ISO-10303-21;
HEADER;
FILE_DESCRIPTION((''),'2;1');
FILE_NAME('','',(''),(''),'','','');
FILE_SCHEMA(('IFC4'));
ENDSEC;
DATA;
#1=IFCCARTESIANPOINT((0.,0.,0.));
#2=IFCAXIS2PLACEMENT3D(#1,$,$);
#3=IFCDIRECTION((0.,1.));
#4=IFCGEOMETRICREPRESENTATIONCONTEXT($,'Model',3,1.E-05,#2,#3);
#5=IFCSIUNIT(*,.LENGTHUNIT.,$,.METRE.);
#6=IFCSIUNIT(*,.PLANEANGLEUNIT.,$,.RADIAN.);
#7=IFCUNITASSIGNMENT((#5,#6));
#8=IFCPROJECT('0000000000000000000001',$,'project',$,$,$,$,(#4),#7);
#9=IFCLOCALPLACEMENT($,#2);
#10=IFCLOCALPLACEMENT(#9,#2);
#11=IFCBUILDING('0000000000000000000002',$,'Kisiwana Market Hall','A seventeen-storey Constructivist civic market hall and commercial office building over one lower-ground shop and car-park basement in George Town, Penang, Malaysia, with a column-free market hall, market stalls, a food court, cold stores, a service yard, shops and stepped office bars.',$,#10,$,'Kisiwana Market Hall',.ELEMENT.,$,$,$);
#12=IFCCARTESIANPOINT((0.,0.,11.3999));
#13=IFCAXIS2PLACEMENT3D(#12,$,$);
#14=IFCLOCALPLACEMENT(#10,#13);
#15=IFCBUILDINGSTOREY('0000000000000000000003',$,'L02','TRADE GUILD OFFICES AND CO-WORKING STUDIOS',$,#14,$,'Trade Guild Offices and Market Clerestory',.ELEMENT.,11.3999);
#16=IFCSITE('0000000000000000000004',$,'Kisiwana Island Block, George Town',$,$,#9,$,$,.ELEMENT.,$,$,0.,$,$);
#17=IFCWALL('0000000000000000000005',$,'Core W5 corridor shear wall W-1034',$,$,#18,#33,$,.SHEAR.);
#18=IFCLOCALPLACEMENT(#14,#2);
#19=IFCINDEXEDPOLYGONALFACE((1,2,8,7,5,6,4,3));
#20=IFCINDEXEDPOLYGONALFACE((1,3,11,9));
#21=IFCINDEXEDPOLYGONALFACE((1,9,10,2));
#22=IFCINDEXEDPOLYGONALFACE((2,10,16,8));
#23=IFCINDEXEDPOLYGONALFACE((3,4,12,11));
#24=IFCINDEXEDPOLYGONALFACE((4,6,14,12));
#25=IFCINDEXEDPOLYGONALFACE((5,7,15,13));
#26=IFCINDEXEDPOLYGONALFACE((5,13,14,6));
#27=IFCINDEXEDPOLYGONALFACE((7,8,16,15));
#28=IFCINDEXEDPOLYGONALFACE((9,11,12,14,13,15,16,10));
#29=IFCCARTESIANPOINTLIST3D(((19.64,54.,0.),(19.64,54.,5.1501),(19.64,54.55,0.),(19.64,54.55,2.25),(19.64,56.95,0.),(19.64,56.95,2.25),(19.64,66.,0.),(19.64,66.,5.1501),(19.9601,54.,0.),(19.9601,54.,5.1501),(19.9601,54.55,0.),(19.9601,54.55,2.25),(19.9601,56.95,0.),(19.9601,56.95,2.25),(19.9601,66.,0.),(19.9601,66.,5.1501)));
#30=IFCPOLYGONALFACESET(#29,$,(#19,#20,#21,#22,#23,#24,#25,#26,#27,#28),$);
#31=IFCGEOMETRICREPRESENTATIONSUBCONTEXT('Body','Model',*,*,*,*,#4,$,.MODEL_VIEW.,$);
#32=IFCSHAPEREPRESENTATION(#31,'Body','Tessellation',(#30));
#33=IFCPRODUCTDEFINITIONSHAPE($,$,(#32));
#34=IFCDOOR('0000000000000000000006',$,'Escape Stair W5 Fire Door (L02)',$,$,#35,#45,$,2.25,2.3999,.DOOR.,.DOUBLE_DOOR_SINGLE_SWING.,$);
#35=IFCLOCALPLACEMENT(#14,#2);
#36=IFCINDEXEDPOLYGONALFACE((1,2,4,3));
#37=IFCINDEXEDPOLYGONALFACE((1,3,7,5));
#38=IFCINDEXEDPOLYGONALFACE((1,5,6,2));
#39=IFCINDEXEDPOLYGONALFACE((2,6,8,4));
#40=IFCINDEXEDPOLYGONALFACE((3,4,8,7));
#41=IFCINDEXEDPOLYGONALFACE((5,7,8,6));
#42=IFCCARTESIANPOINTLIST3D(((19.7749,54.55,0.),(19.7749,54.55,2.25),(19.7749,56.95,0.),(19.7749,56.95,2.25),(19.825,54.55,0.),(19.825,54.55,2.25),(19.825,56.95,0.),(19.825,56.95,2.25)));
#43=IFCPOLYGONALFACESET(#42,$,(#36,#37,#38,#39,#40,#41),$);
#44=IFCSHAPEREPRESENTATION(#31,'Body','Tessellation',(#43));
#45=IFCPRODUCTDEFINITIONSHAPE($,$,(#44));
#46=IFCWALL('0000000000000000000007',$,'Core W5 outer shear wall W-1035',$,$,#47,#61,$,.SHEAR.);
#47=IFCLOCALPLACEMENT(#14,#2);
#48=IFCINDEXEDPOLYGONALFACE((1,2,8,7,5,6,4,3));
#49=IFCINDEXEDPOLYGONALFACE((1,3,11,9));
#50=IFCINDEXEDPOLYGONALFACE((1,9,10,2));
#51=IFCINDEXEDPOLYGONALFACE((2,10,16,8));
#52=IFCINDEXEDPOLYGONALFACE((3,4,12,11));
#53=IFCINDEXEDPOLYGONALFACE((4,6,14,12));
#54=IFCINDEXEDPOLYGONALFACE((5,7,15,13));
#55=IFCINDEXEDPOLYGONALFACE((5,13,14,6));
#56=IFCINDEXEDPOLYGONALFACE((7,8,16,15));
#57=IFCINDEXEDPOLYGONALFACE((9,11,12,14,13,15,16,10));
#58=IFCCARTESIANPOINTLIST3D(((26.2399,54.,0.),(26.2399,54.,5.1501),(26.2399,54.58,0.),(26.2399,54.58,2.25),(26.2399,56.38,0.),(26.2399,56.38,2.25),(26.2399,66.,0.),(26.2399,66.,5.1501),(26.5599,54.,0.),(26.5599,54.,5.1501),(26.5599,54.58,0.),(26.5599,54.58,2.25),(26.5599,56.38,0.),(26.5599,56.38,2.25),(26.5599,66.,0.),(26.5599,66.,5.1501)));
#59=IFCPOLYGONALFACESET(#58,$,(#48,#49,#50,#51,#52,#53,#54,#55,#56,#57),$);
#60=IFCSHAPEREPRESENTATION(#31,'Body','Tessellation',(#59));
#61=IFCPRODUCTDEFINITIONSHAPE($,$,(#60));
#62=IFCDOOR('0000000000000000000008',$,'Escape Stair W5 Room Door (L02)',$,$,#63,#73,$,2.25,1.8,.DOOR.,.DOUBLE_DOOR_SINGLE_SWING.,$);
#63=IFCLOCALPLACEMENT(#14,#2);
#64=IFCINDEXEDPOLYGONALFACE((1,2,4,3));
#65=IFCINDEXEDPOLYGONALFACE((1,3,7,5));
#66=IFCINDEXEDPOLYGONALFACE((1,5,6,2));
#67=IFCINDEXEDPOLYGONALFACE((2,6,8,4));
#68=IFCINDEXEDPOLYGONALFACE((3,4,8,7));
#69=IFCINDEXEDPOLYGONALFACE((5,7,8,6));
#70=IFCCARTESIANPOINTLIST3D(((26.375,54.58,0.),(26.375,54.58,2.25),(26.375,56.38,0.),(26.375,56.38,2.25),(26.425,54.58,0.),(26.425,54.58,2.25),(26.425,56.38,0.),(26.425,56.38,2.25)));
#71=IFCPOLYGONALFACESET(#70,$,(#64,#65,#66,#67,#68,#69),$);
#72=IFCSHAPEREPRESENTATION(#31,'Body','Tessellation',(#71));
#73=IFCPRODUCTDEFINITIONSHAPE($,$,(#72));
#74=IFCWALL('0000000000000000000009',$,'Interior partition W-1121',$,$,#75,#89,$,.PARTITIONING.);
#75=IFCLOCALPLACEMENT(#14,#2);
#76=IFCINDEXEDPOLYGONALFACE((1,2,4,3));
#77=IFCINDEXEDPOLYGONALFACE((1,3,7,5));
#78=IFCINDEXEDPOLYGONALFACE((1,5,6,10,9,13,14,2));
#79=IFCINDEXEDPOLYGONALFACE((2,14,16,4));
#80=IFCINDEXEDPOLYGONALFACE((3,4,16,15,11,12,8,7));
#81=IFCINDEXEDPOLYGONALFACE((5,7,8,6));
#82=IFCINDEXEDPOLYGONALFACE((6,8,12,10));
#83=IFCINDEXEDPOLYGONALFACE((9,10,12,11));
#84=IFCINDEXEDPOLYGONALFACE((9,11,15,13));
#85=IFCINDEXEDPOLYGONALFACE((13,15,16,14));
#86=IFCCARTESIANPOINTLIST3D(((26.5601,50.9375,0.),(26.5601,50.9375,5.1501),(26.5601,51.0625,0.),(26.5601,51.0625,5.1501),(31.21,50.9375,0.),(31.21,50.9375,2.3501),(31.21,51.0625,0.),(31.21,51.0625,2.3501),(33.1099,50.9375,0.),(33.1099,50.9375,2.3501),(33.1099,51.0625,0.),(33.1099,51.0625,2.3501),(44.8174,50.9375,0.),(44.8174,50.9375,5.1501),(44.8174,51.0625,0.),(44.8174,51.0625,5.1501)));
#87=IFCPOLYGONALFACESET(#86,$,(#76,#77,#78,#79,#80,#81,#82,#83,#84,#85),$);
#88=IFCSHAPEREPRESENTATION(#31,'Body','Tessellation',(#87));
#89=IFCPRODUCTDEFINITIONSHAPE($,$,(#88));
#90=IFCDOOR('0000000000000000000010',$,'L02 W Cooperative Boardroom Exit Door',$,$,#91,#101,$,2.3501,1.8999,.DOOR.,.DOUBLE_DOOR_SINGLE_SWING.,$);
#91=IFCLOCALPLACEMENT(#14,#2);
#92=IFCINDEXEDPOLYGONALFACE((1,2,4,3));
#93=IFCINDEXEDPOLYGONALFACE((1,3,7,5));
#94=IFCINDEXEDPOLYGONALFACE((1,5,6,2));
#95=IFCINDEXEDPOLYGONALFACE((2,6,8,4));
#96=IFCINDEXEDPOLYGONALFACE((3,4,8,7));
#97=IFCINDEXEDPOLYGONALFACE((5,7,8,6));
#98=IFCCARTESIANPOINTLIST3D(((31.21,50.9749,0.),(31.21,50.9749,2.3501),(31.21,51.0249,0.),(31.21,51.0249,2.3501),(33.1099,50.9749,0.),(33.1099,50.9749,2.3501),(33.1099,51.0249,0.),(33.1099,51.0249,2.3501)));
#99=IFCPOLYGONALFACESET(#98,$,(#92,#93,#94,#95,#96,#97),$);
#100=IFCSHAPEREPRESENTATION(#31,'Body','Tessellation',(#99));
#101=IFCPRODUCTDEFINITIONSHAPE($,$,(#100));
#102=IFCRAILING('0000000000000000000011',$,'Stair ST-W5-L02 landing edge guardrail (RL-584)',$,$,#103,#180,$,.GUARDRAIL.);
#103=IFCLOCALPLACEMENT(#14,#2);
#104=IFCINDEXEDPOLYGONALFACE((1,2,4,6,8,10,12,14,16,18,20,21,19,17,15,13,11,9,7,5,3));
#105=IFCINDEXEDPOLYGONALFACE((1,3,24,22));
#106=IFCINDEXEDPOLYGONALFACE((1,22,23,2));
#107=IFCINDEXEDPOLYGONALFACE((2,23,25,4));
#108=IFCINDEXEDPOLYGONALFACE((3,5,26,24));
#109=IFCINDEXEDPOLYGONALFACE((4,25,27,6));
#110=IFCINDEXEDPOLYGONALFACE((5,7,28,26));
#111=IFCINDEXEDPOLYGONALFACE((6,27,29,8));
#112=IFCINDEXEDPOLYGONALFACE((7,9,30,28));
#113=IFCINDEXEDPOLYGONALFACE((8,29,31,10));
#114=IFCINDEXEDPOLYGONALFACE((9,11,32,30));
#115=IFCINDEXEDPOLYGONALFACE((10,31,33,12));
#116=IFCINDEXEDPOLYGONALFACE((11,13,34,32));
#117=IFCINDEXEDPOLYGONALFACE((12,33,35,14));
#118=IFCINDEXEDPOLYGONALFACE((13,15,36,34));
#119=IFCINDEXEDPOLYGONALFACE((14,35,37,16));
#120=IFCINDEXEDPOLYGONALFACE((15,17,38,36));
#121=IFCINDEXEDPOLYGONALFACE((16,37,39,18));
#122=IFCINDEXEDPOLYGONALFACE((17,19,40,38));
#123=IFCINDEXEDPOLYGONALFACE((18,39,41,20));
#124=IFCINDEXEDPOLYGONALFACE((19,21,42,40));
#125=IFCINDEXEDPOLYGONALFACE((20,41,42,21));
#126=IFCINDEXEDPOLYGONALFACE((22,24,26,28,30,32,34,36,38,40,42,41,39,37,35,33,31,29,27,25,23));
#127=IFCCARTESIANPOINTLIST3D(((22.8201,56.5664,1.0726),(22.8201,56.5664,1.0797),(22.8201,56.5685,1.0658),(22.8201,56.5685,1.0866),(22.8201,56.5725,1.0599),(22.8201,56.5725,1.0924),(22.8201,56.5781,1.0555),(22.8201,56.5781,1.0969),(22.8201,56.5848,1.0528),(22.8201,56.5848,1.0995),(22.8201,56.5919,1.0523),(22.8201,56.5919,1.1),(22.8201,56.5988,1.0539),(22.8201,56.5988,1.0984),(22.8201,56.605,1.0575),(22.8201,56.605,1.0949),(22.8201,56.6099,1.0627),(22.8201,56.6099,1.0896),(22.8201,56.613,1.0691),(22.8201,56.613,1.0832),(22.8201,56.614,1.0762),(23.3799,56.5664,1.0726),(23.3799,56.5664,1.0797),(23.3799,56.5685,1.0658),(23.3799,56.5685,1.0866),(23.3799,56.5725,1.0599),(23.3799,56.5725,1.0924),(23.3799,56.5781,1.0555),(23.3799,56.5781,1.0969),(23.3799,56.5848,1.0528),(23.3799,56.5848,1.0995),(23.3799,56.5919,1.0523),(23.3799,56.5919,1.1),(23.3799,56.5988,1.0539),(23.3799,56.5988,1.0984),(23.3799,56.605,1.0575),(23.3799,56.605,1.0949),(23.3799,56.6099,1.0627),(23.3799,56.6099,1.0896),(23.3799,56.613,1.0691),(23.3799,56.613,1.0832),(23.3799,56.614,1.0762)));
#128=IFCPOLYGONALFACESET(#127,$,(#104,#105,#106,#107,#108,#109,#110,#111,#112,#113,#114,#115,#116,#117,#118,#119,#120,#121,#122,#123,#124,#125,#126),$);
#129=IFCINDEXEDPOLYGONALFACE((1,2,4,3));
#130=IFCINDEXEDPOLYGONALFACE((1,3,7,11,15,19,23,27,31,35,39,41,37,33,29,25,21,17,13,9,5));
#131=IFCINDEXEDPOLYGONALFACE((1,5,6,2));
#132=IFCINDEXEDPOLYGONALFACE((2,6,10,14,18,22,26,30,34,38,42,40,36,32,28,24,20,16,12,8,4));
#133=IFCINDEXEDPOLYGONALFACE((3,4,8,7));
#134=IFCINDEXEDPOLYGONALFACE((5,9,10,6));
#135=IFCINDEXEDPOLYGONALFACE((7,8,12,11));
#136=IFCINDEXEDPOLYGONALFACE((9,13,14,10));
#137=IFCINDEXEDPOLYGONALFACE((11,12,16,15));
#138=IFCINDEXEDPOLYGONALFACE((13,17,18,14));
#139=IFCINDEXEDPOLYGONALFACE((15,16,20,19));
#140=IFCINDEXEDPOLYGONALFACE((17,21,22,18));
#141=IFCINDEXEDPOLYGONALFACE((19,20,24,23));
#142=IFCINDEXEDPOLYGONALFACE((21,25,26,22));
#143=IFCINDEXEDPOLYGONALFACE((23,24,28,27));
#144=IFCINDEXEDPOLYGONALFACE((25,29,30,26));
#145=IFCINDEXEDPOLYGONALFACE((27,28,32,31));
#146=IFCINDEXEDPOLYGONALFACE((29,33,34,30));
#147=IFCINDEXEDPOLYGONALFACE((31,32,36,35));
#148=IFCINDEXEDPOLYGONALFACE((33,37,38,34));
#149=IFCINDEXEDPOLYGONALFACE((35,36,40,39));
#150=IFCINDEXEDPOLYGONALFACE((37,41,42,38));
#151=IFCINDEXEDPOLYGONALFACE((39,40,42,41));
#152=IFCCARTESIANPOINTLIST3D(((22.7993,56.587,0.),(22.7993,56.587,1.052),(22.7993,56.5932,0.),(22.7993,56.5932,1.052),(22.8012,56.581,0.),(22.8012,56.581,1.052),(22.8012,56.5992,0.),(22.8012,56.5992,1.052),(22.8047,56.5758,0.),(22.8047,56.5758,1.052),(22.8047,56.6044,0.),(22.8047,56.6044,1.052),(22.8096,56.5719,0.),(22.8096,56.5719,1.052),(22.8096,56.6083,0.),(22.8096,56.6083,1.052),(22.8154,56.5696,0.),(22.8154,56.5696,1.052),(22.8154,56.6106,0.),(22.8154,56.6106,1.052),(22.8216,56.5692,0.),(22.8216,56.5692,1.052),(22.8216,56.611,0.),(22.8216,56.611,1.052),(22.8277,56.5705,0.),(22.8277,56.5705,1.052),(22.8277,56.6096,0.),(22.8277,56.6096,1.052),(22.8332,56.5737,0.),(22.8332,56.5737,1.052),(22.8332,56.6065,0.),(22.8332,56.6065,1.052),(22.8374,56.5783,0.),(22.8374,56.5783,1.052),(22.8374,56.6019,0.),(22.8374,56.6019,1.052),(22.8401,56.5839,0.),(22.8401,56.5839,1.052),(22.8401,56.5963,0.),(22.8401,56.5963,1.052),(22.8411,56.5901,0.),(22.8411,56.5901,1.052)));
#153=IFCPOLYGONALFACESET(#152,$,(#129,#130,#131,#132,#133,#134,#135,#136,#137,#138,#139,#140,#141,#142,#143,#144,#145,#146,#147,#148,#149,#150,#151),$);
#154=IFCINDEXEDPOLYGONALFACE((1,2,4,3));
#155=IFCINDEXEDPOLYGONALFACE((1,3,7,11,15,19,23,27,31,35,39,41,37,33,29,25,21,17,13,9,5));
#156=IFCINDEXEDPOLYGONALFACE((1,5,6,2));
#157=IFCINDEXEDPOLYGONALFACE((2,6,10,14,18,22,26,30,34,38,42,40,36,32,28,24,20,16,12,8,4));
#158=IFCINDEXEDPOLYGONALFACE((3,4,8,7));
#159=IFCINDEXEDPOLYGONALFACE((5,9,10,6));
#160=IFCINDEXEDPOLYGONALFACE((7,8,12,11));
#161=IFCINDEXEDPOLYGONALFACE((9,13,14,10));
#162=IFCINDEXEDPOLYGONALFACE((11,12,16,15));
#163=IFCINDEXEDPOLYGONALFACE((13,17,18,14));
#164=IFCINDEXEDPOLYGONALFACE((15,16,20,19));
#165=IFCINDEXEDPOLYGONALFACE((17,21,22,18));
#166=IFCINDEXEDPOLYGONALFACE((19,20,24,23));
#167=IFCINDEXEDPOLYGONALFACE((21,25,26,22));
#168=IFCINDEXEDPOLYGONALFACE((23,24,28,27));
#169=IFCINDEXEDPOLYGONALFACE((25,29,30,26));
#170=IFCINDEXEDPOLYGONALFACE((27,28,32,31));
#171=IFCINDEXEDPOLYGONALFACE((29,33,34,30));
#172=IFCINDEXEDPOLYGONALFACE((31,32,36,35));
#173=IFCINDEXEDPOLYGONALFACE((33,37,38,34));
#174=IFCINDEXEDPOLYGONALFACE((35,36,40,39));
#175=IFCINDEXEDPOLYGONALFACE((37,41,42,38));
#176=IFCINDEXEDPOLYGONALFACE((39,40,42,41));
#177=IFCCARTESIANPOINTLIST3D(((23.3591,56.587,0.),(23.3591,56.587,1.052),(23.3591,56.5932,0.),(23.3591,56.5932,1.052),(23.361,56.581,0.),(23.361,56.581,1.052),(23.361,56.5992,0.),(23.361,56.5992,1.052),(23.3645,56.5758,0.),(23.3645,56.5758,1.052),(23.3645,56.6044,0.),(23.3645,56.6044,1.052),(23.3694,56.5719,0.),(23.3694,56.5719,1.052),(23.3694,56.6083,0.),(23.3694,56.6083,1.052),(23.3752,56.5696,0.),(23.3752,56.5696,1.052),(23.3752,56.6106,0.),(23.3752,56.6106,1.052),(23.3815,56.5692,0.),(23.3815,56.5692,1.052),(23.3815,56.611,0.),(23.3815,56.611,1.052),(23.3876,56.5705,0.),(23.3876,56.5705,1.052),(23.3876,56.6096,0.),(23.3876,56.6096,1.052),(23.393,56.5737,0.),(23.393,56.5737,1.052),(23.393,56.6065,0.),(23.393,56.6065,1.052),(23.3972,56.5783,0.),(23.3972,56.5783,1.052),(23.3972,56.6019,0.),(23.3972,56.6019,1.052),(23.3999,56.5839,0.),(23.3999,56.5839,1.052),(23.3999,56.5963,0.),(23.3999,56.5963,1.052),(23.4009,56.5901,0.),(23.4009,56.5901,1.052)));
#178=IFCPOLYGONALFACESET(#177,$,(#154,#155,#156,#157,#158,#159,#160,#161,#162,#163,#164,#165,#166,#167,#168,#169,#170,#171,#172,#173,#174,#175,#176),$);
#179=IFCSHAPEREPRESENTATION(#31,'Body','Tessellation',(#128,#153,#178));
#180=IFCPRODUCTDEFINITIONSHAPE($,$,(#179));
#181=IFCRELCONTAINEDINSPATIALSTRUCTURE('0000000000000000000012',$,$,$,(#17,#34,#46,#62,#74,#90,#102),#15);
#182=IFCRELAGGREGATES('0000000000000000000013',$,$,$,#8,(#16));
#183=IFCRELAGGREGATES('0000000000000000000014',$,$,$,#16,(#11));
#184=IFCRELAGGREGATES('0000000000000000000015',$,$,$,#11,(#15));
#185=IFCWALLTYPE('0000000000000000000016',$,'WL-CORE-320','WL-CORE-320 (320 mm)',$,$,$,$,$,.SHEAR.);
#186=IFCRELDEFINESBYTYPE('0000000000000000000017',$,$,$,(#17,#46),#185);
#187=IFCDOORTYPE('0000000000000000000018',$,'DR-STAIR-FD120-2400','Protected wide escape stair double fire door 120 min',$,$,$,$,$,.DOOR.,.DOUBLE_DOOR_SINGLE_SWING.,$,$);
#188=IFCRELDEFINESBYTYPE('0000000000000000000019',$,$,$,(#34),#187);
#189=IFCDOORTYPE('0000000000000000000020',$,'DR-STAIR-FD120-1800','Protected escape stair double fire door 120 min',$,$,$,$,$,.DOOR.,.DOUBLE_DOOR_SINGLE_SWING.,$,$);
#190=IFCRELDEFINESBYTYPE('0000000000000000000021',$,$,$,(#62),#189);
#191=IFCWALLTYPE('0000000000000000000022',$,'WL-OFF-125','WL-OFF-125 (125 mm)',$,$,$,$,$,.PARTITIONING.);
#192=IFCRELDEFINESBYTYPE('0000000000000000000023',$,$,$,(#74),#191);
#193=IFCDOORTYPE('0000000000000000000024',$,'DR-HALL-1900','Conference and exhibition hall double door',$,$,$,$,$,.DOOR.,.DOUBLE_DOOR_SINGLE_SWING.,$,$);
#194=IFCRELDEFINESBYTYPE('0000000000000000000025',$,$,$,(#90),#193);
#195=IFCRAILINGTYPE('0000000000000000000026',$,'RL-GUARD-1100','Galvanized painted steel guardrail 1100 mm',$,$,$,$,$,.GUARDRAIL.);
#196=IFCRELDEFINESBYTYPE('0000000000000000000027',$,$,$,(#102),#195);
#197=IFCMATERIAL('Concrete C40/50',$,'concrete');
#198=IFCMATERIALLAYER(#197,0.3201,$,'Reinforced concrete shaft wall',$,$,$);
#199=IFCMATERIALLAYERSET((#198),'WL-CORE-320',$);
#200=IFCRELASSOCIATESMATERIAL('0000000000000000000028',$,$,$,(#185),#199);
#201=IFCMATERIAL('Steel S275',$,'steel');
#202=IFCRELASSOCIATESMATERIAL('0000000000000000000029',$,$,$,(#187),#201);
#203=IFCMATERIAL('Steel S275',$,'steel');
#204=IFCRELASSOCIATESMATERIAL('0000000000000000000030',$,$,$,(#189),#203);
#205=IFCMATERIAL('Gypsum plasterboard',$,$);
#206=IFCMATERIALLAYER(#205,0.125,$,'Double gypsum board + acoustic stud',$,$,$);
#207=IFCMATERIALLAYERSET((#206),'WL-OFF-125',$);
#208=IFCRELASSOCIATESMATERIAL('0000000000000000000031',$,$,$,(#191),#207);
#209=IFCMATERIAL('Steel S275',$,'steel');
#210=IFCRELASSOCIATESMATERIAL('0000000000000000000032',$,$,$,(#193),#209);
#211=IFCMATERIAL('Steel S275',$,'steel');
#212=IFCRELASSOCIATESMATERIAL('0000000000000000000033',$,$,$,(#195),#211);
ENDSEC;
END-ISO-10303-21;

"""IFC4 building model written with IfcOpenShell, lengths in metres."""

from ifc_helpers import new_model, si_unit, direction, frame, frame_2d, origin, origin_2d, place, context, subcontext, project, spatial, rectangle, circle, extrude, material, layer, layer_set, type_object, element, fill, save


model = new_model("IFC4")

# Units and contexts
model_context = context("Model", 3, precision=1e-05, world=origin(), true_north=direction((0.0, 1.0)))
body_context = subcontext(model_context, "Body", "Model", "MODEL_VIEW")
ifc_project = project(units=[si_unit("LENGTHUNIT", "METRE"), si_unit("PLANEANGLEUNIT", "RADIAN")], contexts=[model_context])

# Site, building, storey
site_placement = place(None, origin())
site = spatial("IfcSite", under=ifc_project, at=site_placement, Name="Kisiwana Island Block, George Town", CompositionType="ELEMENT", RefElevation=0.0)
building_placement = place(site_placement, origin())
building = spatial("IfcBuilding", under=site, at=building_placement, Name="Kisiwana Market Hall", Description="A seventeen-storey Constructivist civic market hall and commercial office building over one lower-ground shop and car-park basement in George Town, Penang, Malaysia, with a column-free market hall, market stalls, a food court, cold stores, a service yard, shops and stepped office bars.", LongName="Kisiwana Market Hall", CompositionType="ELEMENT")
storey_placement = place(building_placement, frame((0.0, 0.0, 11.3999)))
storey = spatial("IfcBuildingStorey", under=building, at=storey_placement, Name="L02", Description="TRADE GUILD OFFICES AND CO-WORKING STUDIOS", LongName="Trade Guild Offices and Market Clerestory", CompositionType="ELEMENT", Elevation=11.3999)

# Shared definitions
ifc_material_1 = material(Name="Concrete C40/50", Category="concrete")
ifc_layer_1 = layer(ifc_material_1, 0.3201, Name="Reinforced concrete shaft wall")
ifc_layer_set_1 = layer_set([ifc_layer_1], Name="WL-CORE-320")
wall_type_1 = type_object("IfcWallType", Name="WL-CORE-320", Description="WL-CORE-320 (320 mm)", PredefinedType="SHEAR", material=ifc_layer_set_1)

# Walls, openings, doors
wall_1_placement = place(storey_placement, frame((19.8, 54.0, 0.0), z_axis=(0.0, 0.0, 1.0), x_axis=(0.0, 1.0, 0.0)))
wall_1 = element("IfcWall", 1, at=wall_1_placement, inside=storey, type_object=wall_type_1, Name="Core W5 corridor shear wall W-1034", PredefinedType="SHEAR", context=body_context, shape_type="SweptSolid", body=[
    extrude(rectangle(XDim=12.0, YDim=0.3201, at=frame_2d((6.0, 0.0))), origin(), (0.0, 0.0, 1.0), 5.1501),
])
opening_1_placement = place(wall_1_placement, frame((0.55, 0.0, 0.0)))
opening_1 = element("IfcOpeningElement", 2, at=opening_1_placement, cuts=wall_1, PredefinedType="OPENING", context=body_context, shape_type="SweptSolid", body=[
    extrude(rectangle(XDim=2.3999, YDim=2.25, at=frame_2d((1.2, 1.125))), frame((0.0, 0.1719, 0.0), z_axis=(0.0, -1.0, 0.0), x_axis=(1.0, 0.0, 0.0)), (0.0, 0.0, 1.0), 0.344),
])
ifc_material_2 = material(Name="Steel S275", Category="steel")
door_type_1 = type_object("IfcDoorType", Name="DR-STAIR-FD120-2400", Description="Protected wide escape stair double fire door 120 min", OperationType="DOUBLE_DOOR_SINGLE_SWING", PredefinedType="DOOR", material=ifc_material_2)
door_1_placement = place(opening_1_placement, frame((2.3999, 0.0, 0.0), z_axis=(0.0, 0.0, 1.0), x_axis=(-1.0, 0.0, 0.0)))
door_1 = element("IfcDoor", 3, at=door_1_placement, inside=storey, type_object=door_type_1, Name="Escape Stair W5 Fire Door (L02)", OperationType="DOUBLE_DOOR_SINGLE_SWING", OverallHeight=2.25, OverallWidth=2.3999, PredefinedType="DOOR", context=body_context, shape_type="SweptSolid", body=[
    extrude(rectangle(XDim=2.3999, YDim=2.25, at=frame_2d((1.2, 1.125))), frame((0.0, 0.0249, 0.0), z_axis=(0.0, -1.0, 0.0), x_axis=(1.0, 0.0, 0.0)), (0.0, 0.0, 1.0), 0.05),
])
fill(opening_1, door_1)
wall_2_placement = place(storey_placement, frame((26.3999, 54.0, 0.0), z_axis=(0.0, 0.0, 1.0), x_axis=(0.0, 1.0, 0.0)))
wall_2 = element("IfcWall", 4, at=wall_2_placement, inside=storey, type_object=wall_type_1, Name="Core W5 outer shear wall W-1035", PredefinedType="SHEAR", context=body_context, shape_type="SweptSolid", body=[
    extrude(rectangle(XDim=12.0, YDim=0.3201, at=frame_2d((6.0, 0.0))), origin(), (0.0, 0.0, 1.0), 5.1501),
])
opening_2_placement = place(wall_2_placement, frame((0.5801, 0.0, 0.0)))
opening_2 = element("IfcOpeningElement", 5, at=opening_2_placement, cuts=wall_2, PredefinedType="OPENING", context=body_context, shape_type="SweptSolid", body=[
    extrude(rectangle(XDim=1.8, YDim=2.25, at=frame_2d((0.8999, 1.125))), frame((0.0, 0.1719, 0.0), z_axis=(0.0, -1.0, 0.0), x_axis=(1.0, 0.0, 0.0)), (0.0, 0.0, 1.0), 0.344),
])
ifc_material_3 = material(Name="Steel S275", Category="steel")
door_type_2 = type_object("IfcDoorType", Name="DR-STAIR-FD120-1800", Description="Protected escape stair double fire door 120 min", OperationType="DOUBLE_DOOR_SINGLE_SWING", PredefinedType="DOOR", material=ifc_material_3)
door_2_placement = place(opening_2_placement, origin())
door_2 = element("IfcDoor", 6, at=door_2_placement, inside=storey, type_object=door_type_2, Name="Escape Stair W5 Room Door (L02)", OperationType="DOUBLE_DOOR_SINGLE_SWING", OverallHeight=2.25, OverallWidth=1.8, PredefinedType="DOOR", context=body_context, shape_type="SweptSolid", body=[
    extrude(rectangle(XDim=1.8, YDim=2.25, at=frame_2d((0.8999, 1.125))), frame((0.0, 0.0249, 0.0), z_axis=(0.0, -1.0, 0.0), x_axis=(1.0, 0.0, 0.0)), (0.0, 0.0, 1.0), 0.05),
])
fill(opening_2, door_2)
ifc_material_4 = material(Name="Gypsum plasterboard")
ifc_layer_2 = layer(ifc_material_4, 0.125, Name="Double gypsum board + acoustic stud")
ifc_layer_set_2 = layer_set([ifc_layer_2], Name="WL-OFF-125")
wall_type_2 = type_object("IfcWallType", Name="WL-OFF-125", Description="WL-OFF-125 (125 mm)", PredefinedType="PARTITIONING", material=ifc_layer_set_2)
wall_3_placement = place(storey_placement, frame((26.5601, 51.0, 0.0), z_axis=(0.0, 0.0, 1.0), x_axis=(1.0, 0.0, 0.0)))
wall_3 = element("IfcWall", 7, at=wall_3_placement, inside=storey, type_object=wall_type_2, Name="Interior partition W-1121", PredefinedType="PARTITIONING", context=body_context, shape_type="SweptSolid", body=[
    extrude(rectangle(XDim=18.2573, YDim=0.125, at=frame_2d((9.1287, 0.0))), origin(), (0.0, 0.0, 1.0), 5.1501),
])
opening_3_placement = place(wall_3_placement, frame((4.6499, 0.0, 0.0)))
opening_3 = element("IfcOpeningElement", 8, at=opening_3_placement, cuts=wall_3, PredefinedType="OPENING", context=body_context, shape_type="SweptSolid", body=[
    extrude(rectangle(XDim=1.8999, YDim=2.3501, at=frame_2d((0.95, 1.175))), frame((0.0, 0.0745, 0.0), z_axis=(0.0, -1.0, 0.0), x_axis=(1.0, 0.0, 0.0)), (0.0, 0.0, 1.0), 0.1489),
])
ifc_material_5 = material(Name="Steel S275", Category="steel")
door_type_3 = type_object("IfcDoorType", Name="DR-HALL-1900", Description="Conference and exhibition hall double door", OperationType="DOUBLE_DOOR_SINGLE_SWING", PredefinedType="DOOR", material=ifc_material_5)
door_3_placement = place(opening_3_placement, origin())
door_3 = element("IfcDoor", 9, at=door_3_placement, inside=storey, type_object=door_type_3, Name="L02 W Cooperative Boardroom Exit Door", OperationType="DOUBLE_DOOR_SINGLE_SWING", OverallHeight=2.3501, OverallWidth=1.8999, PredefinedType="DOOR", context=body_context, shape_type="SweptSolid", body=[
    extrude(rectangle(XDim=1.8999, YDim=2.3501, at=frame_2d((0.95, 1.175))), frame((0.0, 0.0249, 0.0), z_axis=(0.0, -1.0, 0.0), x_axis=(1.0, 0.0, 0.0)), (0.0, 0.0, 1.0), 0.05),
])
fill(opening_3, door_3)

# Railing
ifc_material_6 = material(Name="Steel S275", Category="steel")
railing_type_1 = type_object("IfcRailingType", Name="RL-GUARD-1100", Description="Galvanized painted steel guardrail 1100 mm", PredefinedType="GUARDRAIL", material=ifc_material_6)
railing_1_placement = place(storey_placement, frame((22.8201, 56.5901, 0.0)))
element("IfcRailing", 10, at=railing_1_placement, inside=storey, type_object=railing_type_1, Name="Stair ST-W5-L02 landing edge guardrail (RL-584)", PredefinedType="GUARDRAIL", context=body_context, shape_type="SweptSolid", body=[
    extrude(circle(Radius=0.0239, at=origin_2d()), frame((0.0, 0.0, 1.0762), z_axis=(1.0, 0.0, 0.0), x_axis=(0.0, 1.0, 0.0)), (0.0, 0.0, 1.0), 0.5598),
    extrude(circle(Radius=0.021, at=origin_2d()), origin(), (0.0, 0.0, 1.0), 1.052),
    extrude(circle(Radius=0.021, at=origin_2d()), frame((0.5598, 0.0, 0.0)), (0.0, 0.0, 1.0), 1.052),
])

save(model, "model.ifc")
